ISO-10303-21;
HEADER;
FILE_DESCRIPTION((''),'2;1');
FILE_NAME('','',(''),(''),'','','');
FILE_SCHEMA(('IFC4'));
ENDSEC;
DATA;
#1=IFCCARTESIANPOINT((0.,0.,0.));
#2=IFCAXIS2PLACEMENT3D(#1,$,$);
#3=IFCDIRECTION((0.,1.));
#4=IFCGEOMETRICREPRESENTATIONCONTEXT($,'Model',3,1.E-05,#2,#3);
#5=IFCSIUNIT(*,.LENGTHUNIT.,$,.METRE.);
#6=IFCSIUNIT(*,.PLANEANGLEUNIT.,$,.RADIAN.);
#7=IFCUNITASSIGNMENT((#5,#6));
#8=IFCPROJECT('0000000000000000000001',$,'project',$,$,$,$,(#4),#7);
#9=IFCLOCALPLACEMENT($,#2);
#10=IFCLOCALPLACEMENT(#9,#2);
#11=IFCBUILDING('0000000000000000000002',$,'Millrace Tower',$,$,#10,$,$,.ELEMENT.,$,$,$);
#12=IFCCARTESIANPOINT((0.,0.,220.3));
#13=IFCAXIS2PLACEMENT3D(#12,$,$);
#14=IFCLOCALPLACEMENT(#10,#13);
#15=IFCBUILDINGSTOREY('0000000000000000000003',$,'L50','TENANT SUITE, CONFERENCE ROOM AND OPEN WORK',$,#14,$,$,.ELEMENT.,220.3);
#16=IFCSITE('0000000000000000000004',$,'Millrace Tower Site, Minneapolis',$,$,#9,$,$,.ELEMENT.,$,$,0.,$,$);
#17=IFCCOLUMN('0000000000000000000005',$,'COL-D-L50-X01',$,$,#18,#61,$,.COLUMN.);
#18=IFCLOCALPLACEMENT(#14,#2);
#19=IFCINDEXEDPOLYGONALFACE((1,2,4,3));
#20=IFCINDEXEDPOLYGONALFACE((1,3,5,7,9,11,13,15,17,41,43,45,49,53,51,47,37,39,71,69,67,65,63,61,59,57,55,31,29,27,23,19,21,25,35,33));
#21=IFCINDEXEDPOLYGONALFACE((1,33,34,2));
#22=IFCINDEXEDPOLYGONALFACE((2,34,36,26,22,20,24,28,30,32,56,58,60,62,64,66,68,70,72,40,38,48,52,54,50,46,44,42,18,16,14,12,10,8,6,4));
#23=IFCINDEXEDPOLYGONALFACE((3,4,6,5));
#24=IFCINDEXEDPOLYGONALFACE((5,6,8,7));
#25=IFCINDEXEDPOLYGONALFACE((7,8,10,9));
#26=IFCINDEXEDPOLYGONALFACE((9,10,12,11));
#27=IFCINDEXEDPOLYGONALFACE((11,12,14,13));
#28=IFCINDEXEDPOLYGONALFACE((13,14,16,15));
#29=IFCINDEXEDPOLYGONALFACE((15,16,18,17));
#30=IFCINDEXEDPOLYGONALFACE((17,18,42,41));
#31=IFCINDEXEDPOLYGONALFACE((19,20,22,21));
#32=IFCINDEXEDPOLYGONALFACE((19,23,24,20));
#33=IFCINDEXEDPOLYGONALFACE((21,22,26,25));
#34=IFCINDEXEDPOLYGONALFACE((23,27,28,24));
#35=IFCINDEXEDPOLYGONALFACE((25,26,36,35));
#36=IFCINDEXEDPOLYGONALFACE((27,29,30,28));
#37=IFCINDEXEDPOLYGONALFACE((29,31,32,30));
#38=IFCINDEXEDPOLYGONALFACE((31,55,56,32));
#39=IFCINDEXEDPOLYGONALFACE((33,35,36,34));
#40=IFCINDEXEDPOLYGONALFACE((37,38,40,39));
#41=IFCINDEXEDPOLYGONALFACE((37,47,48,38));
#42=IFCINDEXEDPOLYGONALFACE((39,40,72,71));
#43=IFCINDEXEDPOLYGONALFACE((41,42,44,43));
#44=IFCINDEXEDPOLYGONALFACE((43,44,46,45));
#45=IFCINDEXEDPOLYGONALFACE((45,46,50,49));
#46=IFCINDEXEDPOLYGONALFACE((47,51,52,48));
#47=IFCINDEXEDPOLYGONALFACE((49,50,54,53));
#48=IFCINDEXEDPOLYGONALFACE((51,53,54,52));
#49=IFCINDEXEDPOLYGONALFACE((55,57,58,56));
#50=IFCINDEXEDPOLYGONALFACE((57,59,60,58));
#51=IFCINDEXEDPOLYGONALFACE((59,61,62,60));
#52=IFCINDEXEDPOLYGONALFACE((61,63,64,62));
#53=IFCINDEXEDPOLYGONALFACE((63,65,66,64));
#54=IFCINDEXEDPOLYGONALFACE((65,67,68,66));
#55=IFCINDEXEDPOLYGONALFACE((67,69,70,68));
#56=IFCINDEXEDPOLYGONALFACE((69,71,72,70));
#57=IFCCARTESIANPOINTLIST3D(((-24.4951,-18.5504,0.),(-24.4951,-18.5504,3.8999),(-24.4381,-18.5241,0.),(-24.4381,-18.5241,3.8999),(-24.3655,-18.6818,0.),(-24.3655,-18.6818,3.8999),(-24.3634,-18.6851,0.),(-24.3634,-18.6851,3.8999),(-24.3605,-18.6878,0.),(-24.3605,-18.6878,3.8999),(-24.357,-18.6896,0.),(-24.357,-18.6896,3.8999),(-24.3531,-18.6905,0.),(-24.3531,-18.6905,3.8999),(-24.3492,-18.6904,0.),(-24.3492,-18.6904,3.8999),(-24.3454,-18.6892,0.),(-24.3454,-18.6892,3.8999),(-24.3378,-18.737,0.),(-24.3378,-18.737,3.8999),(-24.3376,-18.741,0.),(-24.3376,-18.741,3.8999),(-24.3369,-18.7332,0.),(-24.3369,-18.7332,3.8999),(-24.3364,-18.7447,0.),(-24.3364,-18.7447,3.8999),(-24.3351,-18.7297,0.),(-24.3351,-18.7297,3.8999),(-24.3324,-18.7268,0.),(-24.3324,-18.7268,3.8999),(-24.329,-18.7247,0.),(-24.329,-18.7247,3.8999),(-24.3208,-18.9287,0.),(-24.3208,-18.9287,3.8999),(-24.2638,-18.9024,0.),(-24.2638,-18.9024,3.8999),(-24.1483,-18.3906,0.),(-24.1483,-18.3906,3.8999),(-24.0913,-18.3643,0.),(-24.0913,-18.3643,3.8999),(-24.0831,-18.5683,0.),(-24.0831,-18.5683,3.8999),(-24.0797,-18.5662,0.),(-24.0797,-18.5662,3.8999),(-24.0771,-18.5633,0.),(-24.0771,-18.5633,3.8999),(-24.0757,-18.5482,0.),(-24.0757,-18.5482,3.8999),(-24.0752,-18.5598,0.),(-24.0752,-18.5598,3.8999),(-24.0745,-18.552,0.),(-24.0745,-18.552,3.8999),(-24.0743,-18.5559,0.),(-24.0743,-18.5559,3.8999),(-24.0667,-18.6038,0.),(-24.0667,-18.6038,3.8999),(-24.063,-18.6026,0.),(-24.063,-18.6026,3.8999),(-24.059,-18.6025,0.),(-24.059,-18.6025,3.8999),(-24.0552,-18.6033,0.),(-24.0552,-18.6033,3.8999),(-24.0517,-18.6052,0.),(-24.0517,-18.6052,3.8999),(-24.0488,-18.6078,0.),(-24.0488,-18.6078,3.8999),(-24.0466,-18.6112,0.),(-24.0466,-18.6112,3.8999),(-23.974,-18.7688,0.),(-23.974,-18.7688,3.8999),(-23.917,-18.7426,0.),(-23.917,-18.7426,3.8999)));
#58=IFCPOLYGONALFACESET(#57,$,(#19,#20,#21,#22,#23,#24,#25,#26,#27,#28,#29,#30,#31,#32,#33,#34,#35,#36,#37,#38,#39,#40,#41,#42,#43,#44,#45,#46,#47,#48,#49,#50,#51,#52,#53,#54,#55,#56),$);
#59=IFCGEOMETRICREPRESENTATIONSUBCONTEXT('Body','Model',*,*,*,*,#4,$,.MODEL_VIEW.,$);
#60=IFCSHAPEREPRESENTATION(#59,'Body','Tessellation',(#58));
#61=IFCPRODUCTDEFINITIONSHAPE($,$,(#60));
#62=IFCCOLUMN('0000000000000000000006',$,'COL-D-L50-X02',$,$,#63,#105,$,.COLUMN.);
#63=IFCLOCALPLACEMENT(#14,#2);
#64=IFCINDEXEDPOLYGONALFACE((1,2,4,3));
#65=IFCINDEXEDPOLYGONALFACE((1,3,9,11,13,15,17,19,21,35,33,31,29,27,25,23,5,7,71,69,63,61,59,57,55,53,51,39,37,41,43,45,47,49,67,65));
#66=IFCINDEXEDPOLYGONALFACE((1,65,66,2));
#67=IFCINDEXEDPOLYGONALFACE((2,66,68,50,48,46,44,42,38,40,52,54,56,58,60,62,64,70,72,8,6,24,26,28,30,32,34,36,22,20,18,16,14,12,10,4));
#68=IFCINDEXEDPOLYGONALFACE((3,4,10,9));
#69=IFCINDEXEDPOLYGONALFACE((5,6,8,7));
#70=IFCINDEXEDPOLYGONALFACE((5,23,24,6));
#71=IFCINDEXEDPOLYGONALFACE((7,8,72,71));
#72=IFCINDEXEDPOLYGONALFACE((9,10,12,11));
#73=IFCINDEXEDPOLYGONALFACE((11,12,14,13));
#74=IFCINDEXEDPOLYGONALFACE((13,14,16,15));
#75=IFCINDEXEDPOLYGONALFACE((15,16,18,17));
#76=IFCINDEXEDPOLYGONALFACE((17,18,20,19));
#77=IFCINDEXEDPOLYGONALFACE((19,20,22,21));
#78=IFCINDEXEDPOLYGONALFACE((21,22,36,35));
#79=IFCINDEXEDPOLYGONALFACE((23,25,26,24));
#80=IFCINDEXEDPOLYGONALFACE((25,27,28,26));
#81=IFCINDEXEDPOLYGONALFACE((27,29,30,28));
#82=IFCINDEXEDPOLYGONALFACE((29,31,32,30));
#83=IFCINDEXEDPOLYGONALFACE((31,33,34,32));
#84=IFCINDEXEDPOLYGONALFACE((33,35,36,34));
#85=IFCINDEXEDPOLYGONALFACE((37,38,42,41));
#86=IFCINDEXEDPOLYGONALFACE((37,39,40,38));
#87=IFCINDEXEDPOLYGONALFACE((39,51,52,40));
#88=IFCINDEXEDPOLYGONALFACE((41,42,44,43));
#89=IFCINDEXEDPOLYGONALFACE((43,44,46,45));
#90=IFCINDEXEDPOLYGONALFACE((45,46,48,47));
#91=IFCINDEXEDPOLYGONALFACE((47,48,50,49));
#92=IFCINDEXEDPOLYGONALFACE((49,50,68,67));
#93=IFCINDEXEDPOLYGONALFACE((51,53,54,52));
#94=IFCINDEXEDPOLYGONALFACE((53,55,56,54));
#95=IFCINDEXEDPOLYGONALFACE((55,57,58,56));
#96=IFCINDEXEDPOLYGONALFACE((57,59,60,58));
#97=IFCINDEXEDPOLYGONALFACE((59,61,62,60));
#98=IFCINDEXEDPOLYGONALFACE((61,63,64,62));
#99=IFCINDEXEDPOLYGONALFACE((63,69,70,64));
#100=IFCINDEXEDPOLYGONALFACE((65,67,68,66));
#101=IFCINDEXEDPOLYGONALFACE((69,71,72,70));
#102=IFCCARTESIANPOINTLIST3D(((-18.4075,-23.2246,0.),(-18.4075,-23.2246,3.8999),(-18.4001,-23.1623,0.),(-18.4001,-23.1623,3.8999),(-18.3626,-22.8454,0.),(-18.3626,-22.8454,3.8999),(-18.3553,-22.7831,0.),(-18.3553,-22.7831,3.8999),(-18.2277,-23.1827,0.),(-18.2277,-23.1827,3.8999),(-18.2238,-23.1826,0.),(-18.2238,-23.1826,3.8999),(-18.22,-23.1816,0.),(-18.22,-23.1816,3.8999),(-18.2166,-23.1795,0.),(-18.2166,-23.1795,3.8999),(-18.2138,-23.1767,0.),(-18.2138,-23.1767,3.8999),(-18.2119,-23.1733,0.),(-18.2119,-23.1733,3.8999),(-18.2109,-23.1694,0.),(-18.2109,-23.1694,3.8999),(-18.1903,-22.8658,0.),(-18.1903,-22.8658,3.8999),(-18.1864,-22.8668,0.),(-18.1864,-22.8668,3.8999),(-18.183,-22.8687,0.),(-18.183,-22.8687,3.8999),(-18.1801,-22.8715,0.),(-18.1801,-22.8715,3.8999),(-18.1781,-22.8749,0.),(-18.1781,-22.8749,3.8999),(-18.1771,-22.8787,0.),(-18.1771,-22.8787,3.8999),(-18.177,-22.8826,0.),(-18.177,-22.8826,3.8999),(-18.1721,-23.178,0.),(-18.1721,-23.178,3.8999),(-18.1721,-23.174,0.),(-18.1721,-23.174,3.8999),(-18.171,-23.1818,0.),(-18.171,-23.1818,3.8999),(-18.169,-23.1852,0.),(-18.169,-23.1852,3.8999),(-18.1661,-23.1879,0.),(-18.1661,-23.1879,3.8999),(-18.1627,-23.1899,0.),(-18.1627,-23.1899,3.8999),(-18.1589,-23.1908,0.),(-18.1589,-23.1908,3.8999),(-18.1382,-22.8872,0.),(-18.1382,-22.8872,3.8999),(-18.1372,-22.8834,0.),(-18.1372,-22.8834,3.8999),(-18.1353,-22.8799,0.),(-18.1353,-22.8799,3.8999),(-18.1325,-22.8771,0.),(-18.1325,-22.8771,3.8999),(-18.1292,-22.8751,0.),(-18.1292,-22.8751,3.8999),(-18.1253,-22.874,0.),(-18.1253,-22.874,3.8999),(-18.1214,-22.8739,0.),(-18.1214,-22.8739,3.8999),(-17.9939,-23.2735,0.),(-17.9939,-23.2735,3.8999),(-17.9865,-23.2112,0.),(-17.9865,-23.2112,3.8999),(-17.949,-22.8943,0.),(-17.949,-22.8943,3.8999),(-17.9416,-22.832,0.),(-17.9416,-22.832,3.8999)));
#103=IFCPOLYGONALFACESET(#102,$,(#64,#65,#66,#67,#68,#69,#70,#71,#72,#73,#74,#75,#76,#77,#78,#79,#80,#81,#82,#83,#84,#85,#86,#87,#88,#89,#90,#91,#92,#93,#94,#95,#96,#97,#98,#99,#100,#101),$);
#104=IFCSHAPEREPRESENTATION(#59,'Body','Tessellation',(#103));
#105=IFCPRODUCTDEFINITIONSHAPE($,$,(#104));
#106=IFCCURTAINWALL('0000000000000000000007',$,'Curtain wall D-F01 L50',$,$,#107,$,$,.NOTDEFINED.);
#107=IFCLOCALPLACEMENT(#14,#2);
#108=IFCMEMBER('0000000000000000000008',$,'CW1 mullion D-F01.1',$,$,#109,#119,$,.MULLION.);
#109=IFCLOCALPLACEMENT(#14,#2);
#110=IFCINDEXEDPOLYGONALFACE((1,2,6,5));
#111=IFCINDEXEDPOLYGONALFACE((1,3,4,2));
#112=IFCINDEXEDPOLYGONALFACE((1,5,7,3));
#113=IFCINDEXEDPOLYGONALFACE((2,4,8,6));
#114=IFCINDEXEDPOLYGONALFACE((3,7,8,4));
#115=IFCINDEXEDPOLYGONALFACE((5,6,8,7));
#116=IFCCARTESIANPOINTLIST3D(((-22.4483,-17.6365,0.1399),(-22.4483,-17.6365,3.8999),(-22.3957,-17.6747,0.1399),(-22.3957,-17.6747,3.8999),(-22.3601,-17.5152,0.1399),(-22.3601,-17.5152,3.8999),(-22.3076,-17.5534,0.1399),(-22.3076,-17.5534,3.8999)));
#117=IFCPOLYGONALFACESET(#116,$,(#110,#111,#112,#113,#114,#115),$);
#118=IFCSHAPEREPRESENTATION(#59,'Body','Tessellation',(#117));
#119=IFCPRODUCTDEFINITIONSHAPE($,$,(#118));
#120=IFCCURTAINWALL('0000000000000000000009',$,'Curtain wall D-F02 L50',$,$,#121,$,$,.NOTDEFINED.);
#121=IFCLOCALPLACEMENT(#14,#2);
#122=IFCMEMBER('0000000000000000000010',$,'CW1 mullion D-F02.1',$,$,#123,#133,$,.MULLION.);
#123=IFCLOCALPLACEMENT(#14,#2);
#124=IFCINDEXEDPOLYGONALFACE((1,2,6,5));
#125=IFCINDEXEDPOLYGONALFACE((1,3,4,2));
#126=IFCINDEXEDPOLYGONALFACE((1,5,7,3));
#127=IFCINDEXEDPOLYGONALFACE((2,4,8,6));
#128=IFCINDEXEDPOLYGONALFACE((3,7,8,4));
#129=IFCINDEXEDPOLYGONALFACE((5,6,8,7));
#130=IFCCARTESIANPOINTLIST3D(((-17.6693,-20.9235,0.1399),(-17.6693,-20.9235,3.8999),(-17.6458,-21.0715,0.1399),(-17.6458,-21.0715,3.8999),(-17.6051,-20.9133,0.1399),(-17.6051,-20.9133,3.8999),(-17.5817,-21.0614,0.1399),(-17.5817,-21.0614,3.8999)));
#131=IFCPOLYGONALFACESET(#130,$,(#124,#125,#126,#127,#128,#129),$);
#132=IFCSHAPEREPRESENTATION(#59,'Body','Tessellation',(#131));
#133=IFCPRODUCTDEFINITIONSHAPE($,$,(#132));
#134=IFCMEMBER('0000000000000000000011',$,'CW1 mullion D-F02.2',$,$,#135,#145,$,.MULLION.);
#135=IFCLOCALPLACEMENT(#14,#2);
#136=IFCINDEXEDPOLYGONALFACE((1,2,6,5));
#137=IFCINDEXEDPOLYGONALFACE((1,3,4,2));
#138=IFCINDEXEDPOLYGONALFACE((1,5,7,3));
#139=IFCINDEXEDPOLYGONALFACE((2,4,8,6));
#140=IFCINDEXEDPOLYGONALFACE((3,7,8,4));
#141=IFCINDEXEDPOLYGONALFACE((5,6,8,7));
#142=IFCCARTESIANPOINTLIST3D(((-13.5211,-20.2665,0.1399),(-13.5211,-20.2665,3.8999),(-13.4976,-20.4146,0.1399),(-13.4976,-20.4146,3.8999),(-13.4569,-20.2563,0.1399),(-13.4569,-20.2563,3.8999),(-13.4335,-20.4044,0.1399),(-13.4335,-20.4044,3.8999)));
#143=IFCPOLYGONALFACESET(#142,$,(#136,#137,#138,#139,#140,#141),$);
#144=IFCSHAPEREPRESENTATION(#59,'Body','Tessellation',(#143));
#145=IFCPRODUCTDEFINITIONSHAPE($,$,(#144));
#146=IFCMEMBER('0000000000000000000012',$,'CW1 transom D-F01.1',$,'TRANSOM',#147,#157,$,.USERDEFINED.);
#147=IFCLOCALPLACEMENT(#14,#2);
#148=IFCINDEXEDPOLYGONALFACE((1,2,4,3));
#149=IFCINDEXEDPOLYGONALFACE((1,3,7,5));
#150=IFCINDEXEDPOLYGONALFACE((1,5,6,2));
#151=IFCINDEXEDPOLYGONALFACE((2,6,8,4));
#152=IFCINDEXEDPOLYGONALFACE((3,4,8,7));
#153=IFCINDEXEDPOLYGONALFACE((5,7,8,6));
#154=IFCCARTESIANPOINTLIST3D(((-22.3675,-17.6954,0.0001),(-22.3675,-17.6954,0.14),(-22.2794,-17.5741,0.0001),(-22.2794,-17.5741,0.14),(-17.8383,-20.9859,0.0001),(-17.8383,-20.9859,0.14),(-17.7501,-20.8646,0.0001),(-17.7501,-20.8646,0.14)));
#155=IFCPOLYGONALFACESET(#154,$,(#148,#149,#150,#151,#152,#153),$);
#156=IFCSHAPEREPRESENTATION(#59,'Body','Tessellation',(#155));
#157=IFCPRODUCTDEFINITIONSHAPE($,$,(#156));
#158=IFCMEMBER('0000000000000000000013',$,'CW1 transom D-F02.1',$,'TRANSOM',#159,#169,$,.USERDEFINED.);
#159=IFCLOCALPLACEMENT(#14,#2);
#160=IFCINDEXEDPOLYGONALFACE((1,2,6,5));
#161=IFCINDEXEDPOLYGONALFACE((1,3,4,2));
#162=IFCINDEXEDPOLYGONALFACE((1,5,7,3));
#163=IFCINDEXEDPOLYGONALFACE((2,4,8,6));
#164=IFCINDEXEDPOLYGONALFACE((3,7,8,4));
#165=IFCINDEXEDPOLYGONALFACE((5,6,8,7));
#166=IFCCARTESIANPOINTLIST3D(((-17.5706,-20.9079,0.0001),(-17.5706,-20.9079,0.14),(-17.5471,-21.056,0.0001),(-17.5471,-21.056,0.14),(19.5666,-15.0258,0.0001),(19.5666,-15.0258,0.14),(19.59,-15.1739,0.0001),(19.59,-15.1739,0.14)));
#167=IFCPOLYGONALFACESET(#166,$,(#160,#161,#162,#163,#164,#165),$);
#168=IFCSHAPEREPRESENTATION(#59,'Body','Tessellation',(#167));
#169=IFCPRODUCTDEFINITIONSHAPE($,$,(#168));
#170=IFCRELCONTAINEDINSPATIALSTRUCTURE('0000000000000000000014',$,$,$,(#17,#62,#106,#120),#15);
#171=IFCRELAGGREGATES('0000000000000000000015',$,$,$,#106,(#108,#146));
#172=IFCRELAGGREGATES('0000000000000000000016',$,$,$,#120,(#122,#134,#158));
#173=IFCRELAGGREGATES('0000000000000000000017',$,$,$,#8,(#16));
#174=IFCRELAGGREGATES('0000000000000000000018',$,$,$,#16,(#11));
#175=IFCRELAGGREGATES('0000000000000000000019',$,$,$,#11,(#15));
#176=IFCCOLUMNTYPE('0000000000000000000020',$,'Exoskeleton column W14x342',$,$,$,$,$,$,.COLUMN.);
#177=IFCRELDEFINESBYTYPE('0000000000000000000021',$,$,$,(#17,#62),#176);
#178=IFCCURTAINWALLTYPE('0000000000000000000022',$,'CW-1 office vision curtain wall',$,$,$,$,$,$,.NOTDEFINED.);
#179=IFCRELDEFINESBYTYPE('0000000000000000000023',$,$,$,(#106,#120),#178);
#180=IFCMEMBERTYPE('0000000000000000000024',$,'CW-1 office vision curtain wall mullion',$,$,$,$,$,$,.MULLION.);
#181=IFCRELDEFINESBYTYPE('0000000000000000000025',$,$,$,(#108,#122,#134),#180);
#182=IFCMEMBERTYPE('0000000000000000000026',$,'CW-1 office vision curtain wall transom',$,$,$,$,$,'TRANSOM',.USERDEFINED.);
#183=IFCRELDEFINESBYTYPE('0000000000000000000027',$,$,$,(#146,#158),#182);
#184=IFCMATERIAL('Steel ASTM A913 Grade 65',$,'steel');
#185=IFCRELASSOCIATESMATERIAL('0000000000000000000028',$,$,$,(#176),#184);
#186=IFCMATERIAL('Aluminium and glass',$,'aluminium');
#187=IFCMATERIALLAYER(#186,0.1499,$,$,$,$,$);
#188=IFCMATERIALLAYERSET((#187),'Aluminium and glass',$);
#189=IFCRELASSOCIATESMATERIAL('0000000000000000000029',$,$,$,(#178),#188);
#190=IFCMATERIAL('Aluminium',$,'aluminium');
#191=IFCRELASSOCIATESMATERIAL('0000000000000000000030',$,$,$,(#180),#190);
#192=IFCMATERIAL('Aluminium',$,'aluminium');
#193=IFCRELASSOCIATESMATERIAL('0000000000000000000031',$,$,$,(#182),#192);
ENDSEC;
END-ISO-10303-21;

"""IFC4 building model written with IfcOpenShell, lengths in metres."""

from ifc_helpers import new_model, si_unit, direction, frame, origin, origin_2d, place, context, subcontext, project, spatial, rectangle, i_section, extrude, material, layer, layer_set, material_profile, profile_set, type_object, element, aggregate, save


model = new_model("IFC4")

# Units and contexts
model_context = context("Model", 3, precision=1e-05, world=origin(), true_north=direction((0.0, 1.0)))
body_context = subcontext(model_context, "Body", "Model", "MODEL_VIEW")
ifc_project = project(units=[si_unit("LENGTHUNIT", "METRE"), si_unit("PLANEANGLEUNIT", "RADIAN")], contexts=[model_context])

# Site, building, storey
site_placement = place(None, origin())
site = spatial("IfcSite", under=ifc_project, at=site_placement, Name="Millrace Tower Site, Minneapolis", CompositionType="ELEMENT", RefElevation=0.0)
building_placement = place(site_placement, origin())
building = spatial("IfcBuilding", under=site, at=building_placement, Name="Millrace Tower", CompositionType="ELEMENT")
storey_placement = place(building_placement, frame((0.0, 0.0, 220.3)))
storey = spatial("IfcBuildingStorey", under=building, at=storey_placement, Name="L50", Description="TENANT SUITE, CONFERENCE ROOM AND OPEN WORK", CompositionType="ELEMENT", Elevation=220.3)

# Columns
ifc_material_1 = material(Name="Steel ASTM A913 Grade 65", Category="steel")
ifc_material_profile_1 = material_profile(ifc_material_1, i_section(OverallWidth=0.4165, OverallDepth=0.4446, WebThickness=0.0391, FlangeThickness=0.0627, FilletRadius=0.0151, at=origin_2d()))
ifc_profile_set_1 = profile_set([ifc_material_profile_1], Name="Steel ASTM A913 Grade 65")
column_type = type_object("IfcColumnType", Name="Exoskeleton column W14x342", PredefinedType="COLUMN", material=ifc_profile_set_1)
for number, where, z_axis, x_axis, name in (
    (1, (-24.2061, -18.6465, 0.0), (0.0, 0.0, 1.0), (0.418553, -0.908192, 0.0), "COL-D-L50-X01"),
    (2, (-18.1746, -23.0283, 0.0), (0.0, 0.0, 1.0), (0.993082, -0.117421, 0.0), "COL-D-L50-X02"),
):
    element("IfcColumn", number, at=place(storey_placement, frame(where, z_axis=z_axis, x_axis=x_axis)), inside=storey, type_object=column_type, Name=name, PredefinedType="COLUMN", context=body_context, shape_type="SweptSolid", body=[
        extrude(i_section(OverallWidth=0.4165, OverallDepth=0.4446, WebThickness=0.0391, FlangeThickness=0.0627, FilletRadius=0.0151, at=origin_2d()), origin(), (0.0, 0.0, 1.0), 3.8999),
    ])

# Curtain wall, member
ifc_material_2 = material(Name="Aluminium and glass", Category="aluminium")
ifc_layer_1 = layer(ifc_material_2, 0.1499)
ifc_layer_set_1 = layer_set([ifc_layer_1], Name="Aluminium and glass")
curtain_wall_type = type_object("IfcCurtainWallType", Name="CW-1 office vision curtain wall", PredefinedType="NOTDEFINED", material=ifc_layer_set_1)
placement = place(storey_placement, origin())
curtain_wall_1 = element("IfcCurtainWall", 3, at=placement, inside=storey, type_object=curtain_wall_type, Name="Curtain wall D-F01 L50", PredefinedType="NOTDEFINED")
ifc_material_3 = material(Name="Aluminium", Category="aluminium")
ifc_material_profile_2 = material_profile(ifc_material_3, rectangle(XDim=0.0649, YDim=0.1499, at=origin_2d()))
ifc_profile_set_2 = profile_set([ifc_material_profile_2], Name="Aluminium")
member_type_1 = type_object("IfcMemberType", Name="CW-1 office vision curtain wall mullion", PredefinedType="MULLION", material=ifc_profile_set_2)
member_1_placement = place(storey_placement, frame((-22.3779, -17.595, 0.1399), z_axis=(0.0, 0.0, 1.0), x_axis=(0.809017, -0.587785, 0.0)))
member_1 = element("IfcMember", 4, at=member_1_placement, type_object=member_type_1, Name="CW1 mullion D-F01.1", PredefinedType="MULLION", context=body_context, shape_type="SweptSolid", body=[
    extrude(rectangle(XDim=0.0649, YDim=0.1499, at=origin_2d()), origin(), (0.0, 0.0, 1.0), 3.76),
])

# Curtain wall, members
curtain_wall_2 = element("IfcCurtainWall", 5, at=placement, inside=storey, type_object=curtain_wall_type, Name="Curtain wall D-F02 L50", PredefinedType="NOTDEFINED")
member_2_placement = place(storey_placement, frame((-17.6255, -20.9924, 0.1399), z_axis=(0.0, 0.0, 1.0), x_axis=(0.987688, 0.156434, 0.0)))
member_2 = element("IfcMember", 6, at=member_2_placement, type_object=member_type_1, Name="CW1 mullion D-F02.1", PredefinedType="MULLION", context=body_context, shape_type="SweptSolid", body=[
    extrude(rectangle(XDim=0.0649, YDim=0.1499, at=origin_2d()), origin(), (0.0, 0.0, 1.0), 3.76),
])
member_3_placement = place(storey_placement, frame((-13.4773, -20.3354, 0.1399), z_axis=(0.0, 0.0, 1.0), x_axis=(0.987688, 0.156434, 0.0)))
member_3 = element("IfcMember", 7, at=member_3_placement, type_object=member_type_1, Name="CW1 mullion D-F02.2", PredefinedType="MULLION", context=body_context, shape_type="SweptSolid", body=[
    extrude(rectangle(XDim=0.0649, YDim=0.1499, at=origin_2d()), origin(), (0.0, 0.0, 1.0), 3.76),
])

# Members
ifc_material_4 = material(Name="Aluminium", Category="aluminium")
ifc_material_profile_3 = material_profile(ifc_material_4, rectangle(XDim=0.1499, YDim=0.1399, at=origin_2d()))
ifc_profile_set_3 = profile_set([ifc_material_profile_3], Name="Aluminium")
member_type_2 = type_object("IfcMemberType", Name="CW-1 office vision curtain wall transom", ElementType="TRANSOM", PredefinedType="USERDEFINED", material=ifc_profile_set_3)
member_4_placement = place(storey_placement, frame((-22.3235, -17.6348, 0.0701), z_axis=(0.809034, -0.587762, 0.0), x_axis=(0.587762, 0.809034, 0.0)))
member_4 = element("IfcMember", 8, at=member_4_placement, type_object=member_type_2, Name="CW1 transom D-F01.1", ObjectType="TRANSOM", PredefinedType="USERDEFINED", context=body_context, shape_type="SweptSolid", body=[
    extrude(rectangle(XDim=0.1499, YDim=0.1399, at=origin_2d()), origin(), (0.0, 0.0, 1.0), 5.5984),
])
aggregate(curtain_wall_1, [member_1, member_4])
member_5_placement = place(storey_placement, frame((-17.5588, -20.9819, 0.0701), z_axis=(0.987688, 0.156438, 0.0), x_axis=(-0.156438, 0.987688, 0.0)))
member_5 = element("IfcMember", 9, at=member_5_placement, type_object=member_type_2, Name="CW1 transom D-F02.1", ObjectType="TRANSOM", PredefinedType="USERDEFINED", context=body_context, shape_type="SweptSolid", body=[
    extrude(rectangle(XDim=0.1499, YDim=0.1399, at=origin_2d()), origin(), (0.0, 0.0, 1.0), 37.6001),
])
aggregate(curtain_wall_2, [member_2, member_3, member_5])

save(model, "model.ifc")
